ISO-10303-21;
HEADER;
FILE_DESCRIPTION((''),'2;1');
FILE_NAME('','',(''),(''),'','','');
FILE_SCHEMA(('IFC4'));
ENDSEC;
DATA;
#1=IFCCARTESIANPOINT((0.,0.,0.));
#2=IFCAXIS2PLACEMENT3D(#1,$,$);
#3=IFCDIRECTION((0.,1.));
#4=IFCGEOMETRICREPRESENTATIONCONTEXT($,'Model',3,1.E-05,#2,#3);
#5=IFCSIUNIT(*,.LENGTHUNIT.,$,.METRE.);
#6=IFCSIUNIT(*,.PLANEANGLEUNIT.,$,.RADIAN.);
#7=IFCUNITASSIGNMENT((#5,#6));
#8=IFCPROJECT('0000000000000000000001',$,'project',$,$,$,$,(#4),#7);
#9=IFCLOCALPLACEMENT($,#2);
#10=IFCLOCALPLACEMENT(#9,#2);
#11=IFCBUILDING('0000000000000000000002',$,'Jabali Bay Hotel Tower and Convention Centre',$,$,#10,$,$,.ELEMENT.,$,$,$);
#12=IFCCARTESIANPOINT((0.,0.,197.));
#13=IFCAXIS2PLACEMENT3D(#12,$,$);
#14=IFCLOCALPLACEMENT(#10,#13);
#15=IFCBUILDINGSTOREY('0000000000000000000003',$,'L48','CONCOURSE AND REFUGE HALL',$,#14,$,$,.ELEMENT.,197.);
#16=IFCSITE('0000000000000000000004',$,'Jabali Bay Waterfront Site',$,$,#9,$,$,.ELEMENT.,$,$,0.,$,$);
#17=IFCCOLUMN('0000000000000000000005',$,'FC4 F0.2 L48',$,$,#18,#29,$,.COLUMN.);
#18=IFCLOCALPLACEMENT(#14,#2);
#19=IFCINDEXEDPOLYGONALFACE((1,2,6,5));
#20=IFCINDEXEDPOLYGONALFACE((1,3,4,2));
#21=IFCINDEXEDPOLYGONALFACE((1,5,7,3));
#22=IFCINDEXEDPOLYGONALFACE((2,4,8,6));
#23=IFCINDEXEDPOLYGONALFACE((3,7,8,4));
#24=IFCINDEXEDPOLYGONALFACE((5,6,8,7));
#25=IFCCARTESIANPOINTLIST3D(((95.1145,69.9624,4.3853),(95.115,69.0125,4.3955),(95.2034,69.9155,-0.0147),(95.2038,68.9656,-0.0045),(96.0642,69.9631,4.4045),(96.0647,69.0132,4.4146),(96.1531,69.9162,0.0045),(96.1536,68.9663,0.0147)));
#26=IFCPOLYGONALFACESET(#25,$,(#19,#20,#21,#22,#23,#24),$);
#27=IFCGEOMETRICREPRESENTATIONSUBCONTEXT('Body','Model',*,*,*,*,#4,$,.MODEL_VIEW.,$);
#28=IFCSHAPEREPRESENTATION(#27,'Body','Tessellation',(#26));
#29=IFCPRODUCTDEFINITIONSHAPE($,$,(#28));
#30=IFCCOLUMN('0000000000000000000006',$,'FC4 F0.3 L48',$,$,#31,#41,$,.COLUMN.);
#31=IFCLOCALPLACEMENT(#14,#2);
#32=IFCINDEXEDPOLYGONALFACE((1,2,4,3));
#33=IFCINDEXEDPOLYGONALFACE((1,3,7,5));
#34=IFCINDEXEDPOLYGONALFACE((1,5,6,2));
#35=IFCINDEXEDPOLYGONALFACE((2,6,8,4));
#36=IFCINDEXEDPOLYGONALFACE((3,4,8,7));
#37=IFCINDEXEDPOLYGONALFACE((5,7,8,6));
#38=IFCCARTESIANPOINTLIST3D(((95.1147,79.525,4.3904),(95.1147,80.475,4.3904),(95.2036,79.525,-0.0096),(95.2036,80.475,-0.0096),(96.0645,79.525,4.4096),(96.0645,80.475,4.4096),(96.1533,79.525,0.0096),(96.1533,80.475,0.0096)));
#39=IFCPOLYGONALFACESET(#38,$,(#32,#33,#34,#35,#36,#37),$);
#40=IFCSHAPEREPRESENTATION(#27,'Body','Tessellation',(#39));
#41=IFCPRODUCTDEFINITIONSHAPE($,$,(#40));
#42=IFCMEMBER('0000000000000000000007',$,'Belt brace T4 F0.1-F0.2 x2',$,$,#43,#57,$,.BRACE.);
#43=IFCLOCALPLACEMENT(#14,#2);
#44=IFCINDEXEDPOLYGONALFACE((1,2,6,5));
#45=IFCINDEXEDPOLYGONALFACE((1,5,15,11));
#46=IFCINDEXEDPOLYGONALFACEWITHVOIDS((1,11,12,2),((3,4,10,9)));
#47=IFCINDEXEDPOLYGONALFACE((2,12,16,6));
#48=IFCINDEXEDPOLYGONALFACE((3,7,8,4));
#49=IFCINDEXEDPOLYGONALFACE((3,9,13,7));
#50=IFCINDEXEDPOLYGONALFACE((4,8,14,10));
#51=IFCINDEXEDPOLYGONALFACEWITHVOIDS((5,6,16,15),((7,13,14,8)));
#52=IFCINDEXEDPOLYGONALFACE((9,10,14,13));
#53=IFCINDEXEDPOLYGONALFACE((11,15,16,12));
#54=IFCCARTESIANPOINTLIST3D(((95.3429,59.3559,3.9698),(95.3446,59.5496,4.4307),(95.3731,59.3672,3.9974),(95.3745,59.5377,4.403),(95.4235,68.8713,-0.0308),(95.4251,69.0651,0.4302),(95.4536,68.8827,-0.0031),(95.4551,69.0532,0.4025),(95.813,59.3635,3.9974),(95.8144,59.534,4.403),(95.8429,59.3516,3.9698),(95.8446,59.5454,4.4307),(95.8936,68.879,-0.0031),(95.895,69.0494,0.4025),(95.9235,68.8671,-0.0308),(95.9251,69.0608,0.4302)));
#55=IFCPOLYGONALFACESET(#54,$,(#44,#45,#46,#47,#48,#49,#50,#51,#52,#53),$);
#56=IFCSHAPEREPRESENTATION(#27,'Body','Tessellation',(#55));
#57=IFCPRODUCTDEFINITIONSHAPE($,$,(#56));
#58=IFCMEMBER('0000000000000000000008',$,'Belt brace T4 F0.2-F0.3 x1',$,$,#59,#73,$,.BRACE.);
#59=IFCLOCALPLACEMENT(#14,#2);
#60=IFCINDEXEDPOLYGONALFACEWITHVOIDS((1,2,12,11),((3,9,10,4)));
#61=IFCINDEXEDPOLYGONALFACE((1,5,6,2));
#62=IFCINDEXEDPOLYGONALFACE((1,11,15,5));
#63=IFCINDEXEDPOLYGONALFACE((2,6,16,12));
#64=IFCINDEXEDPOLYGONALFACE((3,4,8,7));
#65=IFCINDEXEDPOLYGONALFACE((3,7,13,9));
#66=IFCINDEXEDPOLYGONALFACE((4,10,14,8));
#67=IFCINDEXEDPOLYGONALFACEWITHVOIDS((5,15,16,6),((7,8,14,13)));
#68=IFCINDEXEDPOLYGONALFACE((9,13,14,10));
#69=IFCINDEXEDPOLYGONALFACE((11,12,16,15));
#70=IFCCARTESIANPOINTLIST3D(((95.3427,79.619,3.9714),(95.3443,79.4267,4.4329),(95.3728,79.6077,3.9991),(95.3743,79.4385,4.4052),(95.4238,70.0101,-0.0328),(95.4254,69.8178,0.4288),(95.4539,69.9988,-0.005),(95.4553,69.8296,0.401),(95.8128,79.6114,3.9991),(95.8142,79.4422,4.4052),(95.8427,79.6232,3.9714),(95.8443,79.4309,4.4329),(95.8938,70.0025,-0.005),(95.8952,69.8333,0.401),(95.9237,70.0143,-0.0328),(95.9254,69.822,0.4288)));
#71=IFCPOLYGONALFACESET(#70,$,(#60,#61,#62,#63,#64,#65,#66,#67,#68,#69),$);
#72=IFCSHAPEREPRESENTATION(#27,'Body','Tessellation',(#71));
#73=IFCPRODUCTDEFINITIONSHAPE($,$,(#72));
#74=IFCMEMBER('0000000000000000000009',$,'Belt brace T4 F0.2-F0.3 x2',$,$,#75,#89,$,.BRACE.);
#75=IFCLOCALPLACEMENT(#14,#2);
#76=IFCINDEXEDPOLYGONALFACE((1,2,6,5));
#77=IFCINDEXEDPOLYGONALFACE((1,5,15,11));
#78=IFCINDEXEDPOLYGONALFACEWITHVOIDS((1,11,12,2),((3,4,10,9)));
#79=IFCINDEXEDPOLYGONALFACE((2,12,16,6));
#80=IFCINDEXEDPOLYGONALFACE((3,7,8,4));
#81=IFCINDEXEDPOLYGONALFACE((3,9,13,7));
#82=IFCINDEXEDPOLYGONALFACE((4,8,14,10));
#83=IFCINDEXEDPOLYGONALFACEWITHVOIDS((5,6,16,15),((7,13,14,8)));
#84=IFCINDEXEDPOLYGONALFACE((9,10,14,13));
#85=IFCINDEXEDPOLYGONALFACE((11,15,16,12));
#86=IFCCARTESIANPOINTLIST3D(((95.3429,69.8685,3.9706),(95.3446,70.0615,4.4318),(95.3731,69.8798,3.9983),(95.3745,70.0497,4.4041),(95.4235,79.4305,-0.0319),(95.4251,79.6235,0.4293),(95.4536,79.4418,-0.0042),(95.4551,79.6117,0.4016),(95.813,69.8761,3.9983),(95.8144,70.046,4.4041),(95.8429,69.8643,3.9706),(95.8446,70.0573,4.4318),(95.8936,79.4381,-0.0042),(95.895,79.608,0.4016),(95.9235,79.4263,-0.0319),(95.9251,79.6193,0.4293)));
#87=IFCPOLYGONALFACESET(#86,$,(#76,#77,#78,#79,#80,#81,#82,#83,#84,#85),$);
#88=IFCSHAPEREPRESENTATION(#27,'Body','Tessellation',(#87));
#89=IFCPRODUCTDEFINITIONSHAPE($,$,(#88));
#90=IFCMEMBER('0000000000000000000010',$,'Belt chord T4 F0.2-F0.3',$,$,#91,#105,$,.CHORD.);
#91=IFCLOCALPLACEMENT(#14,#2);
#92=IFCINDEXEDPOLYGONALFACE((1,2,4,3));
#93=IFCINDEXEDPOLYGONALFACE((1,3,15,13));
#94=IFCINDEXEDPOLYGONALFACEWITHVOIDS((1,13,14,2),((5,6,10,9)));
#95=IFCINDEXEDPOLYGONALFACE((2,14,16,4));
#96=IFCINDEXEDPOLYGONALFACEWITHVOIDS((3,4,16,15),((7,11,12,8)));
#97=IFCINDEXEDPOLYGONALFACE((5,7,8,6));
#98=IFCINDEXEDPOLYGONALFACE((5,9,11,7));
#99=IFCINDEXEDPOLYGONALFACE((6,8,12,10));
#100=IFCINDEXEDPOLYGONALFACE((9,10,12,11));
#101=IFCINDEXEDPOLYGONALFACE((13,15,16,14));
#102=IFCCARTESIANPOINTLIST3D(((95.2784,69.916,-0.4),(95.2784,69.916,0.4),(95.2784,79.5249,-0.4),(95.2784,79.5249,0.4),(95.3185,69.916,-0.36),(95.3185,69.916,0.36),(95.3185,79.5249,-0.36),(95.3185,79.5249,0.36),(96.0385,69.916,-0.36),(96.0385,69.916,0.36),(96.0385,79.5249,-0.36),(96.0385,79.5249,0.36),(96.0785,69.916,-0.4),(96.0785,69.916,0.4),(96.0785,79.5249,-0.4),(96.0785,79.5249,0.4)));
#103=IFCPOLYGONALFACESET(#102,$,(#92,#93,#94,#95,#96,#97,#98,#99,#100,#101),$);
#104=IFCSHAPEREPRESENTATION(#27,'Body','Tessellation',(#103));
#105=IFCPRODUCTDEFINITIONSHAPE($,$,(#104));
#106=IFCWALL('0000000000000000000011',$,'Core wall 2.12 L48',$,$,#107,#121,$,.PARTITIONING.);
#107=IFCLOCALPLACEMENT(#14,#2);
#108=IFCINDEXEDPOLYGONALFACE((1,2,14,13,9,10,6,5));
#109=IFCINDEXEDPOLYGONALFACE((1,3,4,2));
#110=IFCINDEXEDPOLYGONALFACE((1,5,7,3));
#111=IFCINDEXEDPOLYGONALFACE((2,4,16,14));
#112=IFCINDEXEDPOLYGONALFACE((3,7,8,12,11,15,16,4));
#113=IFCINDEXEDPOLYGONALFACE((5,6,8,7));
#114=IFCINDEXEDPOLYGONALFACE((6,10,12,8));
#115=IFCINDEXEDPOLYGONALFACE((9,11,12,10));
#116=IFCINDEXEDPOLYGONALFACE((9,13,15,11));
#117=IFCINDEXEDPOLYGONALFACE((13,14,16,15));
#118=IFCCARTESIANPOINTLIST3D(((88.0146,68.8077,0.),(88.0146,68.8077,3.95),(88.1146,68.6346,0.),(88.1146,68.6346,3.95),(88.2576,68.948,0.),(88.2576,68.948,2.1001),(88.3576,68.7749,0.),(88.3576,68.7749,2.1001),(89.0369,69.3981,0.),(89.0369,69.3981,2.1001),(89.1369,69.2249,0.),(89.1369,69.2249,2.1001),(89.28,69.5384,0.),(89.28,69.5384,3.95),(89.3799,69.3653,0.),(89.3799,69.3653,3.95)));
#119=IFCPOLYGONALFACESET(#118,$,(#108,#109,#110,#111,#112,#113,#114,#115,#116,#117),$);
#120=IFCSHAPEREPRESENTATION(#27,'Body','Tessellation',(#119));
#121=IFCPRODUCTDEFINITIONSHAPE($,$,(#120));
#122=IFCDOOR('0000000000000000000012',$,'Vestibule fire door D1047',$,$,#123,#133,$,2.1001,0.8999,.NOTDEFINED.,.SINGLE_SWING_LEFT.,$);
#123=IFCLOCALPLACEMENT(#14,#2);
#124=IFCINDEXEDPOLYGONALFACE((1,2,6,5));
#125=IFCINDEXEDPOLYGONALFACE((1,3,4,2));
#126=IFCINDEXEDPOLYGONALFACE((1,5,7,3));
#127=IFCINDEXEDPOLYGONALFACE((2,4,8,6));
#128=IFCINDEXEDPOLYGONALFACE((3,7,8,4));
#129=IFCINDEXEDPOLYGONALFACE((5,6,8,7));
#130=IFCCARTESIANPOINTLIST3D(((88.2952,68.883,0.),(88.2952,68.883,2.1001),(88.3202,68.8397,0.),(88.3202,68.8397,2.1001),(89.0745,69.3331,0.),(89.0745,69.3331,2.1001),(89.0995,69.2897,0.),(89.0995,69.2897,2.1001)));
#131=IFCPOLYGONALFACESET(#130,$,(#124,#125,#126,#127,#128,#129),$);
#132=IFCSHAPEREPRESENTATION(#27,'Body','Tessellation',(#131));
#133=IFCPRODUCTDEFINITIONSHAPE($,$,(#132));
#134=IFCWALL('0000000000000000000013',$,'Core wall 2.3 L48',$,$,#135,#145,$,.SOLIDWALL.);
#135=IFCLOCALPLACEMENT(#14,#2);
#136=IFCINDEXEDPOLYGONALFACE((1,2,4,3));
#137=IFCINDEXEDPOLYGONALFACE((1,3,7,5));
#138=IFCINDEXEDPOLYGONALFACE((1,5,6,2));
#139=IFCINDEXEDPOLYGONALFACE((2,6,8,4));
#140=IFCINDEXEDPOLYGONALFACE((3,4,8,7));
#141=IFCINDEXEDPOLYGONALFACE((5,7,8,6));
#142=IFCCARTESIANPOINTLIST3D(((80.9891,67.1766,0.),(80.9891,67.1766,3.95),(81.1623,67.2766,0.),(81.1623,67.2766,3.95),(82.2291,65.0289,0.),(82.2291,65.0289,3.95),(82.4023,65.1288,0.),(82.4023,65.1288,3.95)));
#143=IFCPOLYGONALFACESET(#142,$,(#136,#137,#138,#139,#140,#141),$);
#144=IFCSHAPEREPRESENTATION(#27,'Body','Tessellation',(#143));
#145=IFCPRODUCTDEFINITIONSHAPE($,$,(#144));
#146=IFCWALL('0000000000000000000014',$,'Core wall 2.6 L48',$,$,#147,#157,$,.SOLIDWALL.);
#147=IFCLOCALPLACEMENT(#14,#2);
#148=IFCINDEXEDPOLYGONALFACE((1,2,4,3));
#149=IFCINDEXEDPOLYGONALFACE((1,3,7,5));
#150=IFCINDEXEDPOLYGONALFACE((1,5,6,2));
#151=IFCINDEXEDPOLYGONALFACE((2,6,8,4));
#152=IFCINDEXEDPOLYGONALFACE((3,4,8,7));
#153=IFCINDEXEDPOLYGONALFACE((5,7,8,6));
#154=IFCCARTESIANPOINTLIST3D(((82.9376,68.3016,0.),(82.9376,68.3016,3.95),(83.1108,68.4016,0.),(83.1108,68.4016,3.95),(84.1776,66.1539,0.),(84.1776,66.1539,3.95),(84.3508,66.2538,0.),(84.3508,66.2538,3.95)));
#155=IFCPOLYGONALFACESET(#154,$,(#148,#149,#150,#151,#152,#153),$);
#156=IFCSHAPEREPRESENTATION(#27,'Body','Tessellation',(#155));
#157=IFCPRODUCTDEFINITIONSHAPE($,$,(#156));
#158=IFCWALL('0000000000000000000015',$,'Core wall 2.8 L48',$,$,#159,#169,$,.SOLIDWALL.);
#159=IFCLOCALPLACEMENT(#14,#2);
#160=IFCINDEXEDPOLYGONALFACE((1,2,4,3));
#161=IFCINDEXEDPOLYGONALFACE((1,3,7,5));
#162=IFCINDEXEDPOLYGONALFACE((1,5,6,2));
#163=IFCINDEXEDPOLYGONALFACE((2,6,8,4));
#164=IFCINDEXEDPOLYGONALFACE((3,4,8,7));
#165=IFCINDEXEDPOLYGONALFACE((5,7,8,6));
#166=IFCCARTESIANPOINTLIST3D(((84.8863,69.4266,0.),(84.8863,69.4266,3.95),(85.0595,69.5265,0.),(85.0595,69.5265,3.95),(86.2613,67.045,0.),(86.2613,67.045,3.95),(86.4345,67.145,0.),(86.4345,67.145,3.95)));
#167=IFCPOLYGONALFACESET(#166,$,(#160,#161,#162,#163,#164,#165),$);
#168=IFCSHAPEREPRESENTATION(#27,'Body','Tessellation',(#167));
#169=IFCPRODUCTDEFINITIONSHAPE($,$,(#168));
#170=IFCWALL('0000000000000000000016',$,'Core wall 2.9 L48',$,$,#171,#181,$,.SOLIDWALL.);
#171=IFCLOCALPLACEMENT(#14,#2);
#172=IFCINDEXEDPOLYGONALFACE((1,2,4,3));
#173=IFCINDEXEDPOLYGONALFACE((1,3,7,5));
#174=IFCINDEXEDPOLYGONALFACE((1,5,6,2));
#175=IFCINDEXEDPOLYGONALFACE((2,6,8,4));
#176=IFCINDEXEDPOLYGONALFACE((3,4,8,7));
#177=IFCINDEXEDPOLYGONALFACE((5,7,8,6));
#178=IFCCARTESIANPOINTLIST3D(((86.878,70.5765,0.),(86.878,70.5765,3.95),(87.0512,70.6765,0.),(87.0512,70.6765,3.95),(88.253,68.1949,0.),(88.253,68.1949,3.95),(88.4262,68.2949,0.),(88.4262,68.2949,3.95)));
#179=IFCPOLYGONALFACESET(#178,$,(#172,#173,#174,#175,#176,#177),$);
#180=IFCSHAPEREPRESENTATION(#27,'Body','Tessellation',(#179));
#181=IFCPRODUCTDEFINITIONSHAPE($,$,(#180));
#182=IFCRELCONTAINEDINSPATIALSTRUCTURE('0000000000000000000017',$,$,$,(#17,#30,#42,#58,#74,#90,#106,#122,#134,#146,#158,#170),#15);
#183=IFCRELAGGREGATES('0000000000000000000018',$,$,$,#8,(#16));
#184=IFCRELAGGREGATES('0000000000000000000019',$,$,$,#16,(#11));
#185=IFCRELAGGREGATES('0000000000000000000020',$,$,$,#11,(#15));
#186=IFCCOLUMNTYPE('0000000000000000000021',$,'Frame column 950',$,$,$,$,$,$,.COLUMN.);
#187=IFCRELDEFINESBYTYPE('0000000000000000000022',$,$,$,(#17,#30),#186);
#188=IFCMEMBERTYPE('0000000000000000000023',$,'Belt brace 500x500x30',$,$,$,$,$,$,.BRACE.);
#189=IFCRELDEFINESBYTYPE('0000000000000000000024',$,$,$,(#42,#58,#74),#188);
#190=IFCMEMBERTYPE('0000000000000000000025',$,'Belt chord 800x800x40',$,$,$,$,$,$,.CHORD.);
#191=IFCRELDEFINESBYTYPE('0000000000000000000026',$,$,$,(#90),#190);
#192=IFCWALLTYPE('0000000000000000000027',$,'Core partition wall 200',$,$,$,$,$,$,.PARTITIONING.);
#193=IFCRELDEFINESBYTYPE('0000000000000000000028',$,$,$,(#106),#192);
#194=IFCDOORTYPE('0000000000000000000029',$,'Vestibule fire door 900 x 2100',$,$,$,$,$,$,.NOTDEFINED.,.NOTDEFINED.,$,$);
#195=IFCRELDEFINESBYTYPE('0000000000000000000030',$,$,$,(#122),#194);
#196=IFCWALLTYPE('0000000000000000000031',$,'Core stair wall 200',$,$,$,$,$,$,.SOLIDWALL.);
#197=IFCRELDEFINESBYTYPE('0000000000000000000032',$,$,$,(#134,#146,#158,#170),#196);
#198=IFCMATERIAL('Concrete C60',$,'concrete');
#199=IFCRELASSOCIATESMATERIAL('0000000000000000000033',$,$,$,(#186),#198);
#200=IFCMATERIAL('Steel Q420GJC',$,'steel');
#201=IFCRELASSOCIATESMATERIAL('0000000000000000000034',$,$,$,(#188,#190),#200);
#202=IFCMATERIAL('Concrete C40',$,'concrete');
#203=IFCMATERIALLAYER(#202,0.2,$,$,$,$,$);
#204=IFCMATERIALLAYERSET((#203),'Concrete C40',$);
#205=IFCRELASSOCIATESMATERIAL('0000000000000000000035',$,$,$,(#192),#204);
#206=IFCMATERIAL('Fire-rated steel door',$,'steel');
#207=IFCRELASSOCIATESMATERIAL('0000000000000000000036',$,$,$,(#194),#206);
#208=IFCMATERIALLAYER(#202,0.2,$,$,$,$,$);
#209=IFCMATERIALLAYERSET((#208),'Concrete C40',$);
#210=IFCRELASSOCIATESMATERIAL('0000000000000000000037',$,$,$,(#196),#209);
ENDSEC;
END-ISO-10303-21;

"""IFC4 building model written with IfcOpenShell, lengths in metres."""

from ifc_helpers import new_model, si_unit, direction, frame, frame_2d, origin, origin_2d, place, context, subcontext, project, spatial, rectangle, hollow_rectangle, extrude, material, layer, layer_set, material_profile, profile_set, type_object, element, fill, save


model = new_model("IFC4")

# Units and contexts
model_context = context("Model", 3, precision=1e-05, world=origin(), true_north=direction((0.0, 1.0)))
body_context = subcontext(model_context, "Body", "Model", "MODEL_VIEW")
ifc_project = project(units=[si_unit("LENGTHUNIT", "METRE"), si_unit("PLANEANGLEUNIT", "RADIAN")], contexts=[model_context])

# Site, building, storey
site_placement = place(None, origin())
site = spatial("IfcSite", under=ifc_project, at=site_placement, Name="Jabali Bay Waterfront Site", CompositionType="ELEMENT", RefElevation=0.0)
building_placement = place(site_placement, origin())
building = spatial("IfcBuilding", under=site, at=building_placement, Name="Jabali Bay Hotel Tower and Convention Centre", CompositionType="ELEMENT")
storey_placement = place(building_placement, frame((0.0, 0.0, 197.0)))
storey = spatial("IfcBuildingStorey", under=building, at=storey_placement, Name="L48", Description="CONCOURSE AND REFUGE HALL", CompositionType="ELEMENT", Elevation=197.0)

# Columns
ifc_material_1 = material(Name="Concrete C60", Category="concrete")
ifc_material_profile_1 = material_profile(ifc_material_1, rectangle(XDim=0.95, YDim=0.95, at=origin_2d()), Name="Frame column 950")
ifc_profile_set_1 = profile_set([ifc_material_profile_1], Name="Concrete C60")
column_type = type_object("IfcColumnType", Name="Frame column 950", PredefinedType="COLUMN", material=ifc_profile_set_1)
column_1_placement = place(storey_placement, frame((95.6785, 69.4409, 0.0), z_axis=(-0.020192, 0.010651, 0.999739), x_axis=(0.000501, -0.999943, 0.010663)))
element("IfcColumn", 1, at=column_1_placement, inside=storey, type_object=column_type, Name="FC4 F0.2 L48", PredefinedType="COLUMN", context=body_context, shape_type="SweptSolid", body=[
    extrude(rectangle(XDim=0.95, YDim=0.95, at=origin_2d()), origin(), (0.0, 0.0, 1.0), 4.4011),
])
column_2_placement = place(storey_placement, frame((95.6785, 80.0, 0.0), z_axis=(-0.020193, 0.0, 0.999796), x_axis=(0.0, -1.0, 0.0)))
element("IfcColumn", 2, at=column_2_placement, inside=storey, type_object=column_type, Name="FC4 F0.3 L48", PredefinedType="COLUMN", context=body_context, shape_type="SweptSolid", body=[
    extrude(rectangle(XDim=0.95, YDim=0.95, at=origin_2d()), origin(), (0.0, 0.0, 1.0), 4.4009),
])

# Members
ifc_material_2 = material(Name="Steel Q420GJC", Category="steel")
ifc_material_profile_2 = material_profile(ifc_material_2, hollow_rectangle(XDim=0.5, YDim=0.5, WallThickness=0.03, at=origin_2d()), Name="Belt brace 500x500x30")
ifc_profile_set_2 = profile_set([ifc_material_profile_2], Name="Steel Q420GJC")
member_type_1 = type_object("IfcMemberType", Name="Belt brace 500x500x30", PredefinedType="BRACE", material=ifc_profile_set_2)
member_1_placement = place(storey_placement, frame((95.6743, 68.9661, 0.1997), z_axis=(-0.007805, -0.921815, 0.387552), x_axis=(0.999964, -0.008467, 0.0)))
element("IfcMember", 3, at=member_1_placement, inside=storey, type_object=member_type_1, Name="Belt brace T4 F0.1-F0.2 x2", PredefinedType="BRACE", context=body_context, shape_type="SweptSolid", body=[
    extrude(hollow_rectangle(XDim=0.5, YDim=0.5, WallThickness=0.03, at=origin_2d()), origin(), (0.0, 0.0, 1.0), 10.3225),
])
member_2_placement = place(storey_placement, frame((95.6746, 69.916, 0.198), z_axis=(-0.007786, 0.923034, 0.38464), x_axis=(-0.999964, -0.008435, 0.0)))
element("IfcMember", 4, at=member_2_placement, inside=storey, type_object=member_type_1, Name="Belt brace T4 F0.2-F0.3 x1", PredefinedType="BRACE", context=body_context, shape_type="SweptSolid", body=[
    extrude(hollow_rectangle(XDim=0.5, YDim=0.5, WallThickness=0.03, at=origin_2d()), origin(), (0.0, 0.0, 1.0), 10.4102),
])
member_3_placement = place(storey_placement, frame((95.6743, 79.5249, 0.1987), z_axis=(-0.007772, -0.922422, 0.386105), x_axis=(0.999965, -0.008425, 0.0)))
element("IfcMember", 5, at=member_3_placement, inside=storey, type_object=member_type_1, Name="Belt brace T4 F0.2-F0.3 x2", PredefinedType="BRACE", context=body_context, shape_type="SweptSolid", body=[
    extrude(hollow_rectangle(XDim=0.5, YDim=0.5, WallThickness=0.03, at=origin_2d()), origin(), (0.0, 0.0, 1.0), 10.3662),
])
ifc_material_profile_3 = material_profile(ifc_material_2, hollow_rectangle(XDim=0.8, YDim=0.8, WallThickness=0.04, at=origin_2d()), Name="Belt chord 800x800x40")
ifc_profile_set_3 = profile_set([ifc_material_profile_3], Name="Steel Q420GJC")
member_type_2 = type_object("IfcMemberType", Name="Belt chord 800x800x40", PredefinedType="CHORD", material=ifc_profile_set_3)
member_4_placement = place(storey_placement, frame((95.6785, 69.916, 0.0), z_axis=(0.0, 1.0, 0.0), x_axis=(-1.0, 0.0, 0.0)))
element("IfcMember", 6, at=member_4_placement, inside=storey, type_object=member_type_2, Name="Belt chord T4 F0.2-F0.3", PredefinedType="CHORD", context=body_context, shape_type="SweptSolid", body=[
    extrude(hollow_rectangle(XDim=0.8, YDim=0.8, WallThickness=0.04, at=origin_2d()), origin(), (0.0, 0.0, 1.0), 9.6089),
])

# Wall, opening, door
ifc_material_3 = material(Name="Concrete C40", Category="concrete")
ifc_layer_1 = layer(ifc_material_3, 0.2)
ifc_layer_set_1 = layer_set([ifc_layer_1], Name="Concrete C40")
wall_type_1 = type_object("IfcWallType", Name="Core partition wall 200", PredefinedType="PARTITIONING", material=ifc_layer_set_1)
wall_1_placement = place(storey_placement, frame((88.0647, 68.7212, 0.0), z_axis=(0.0, 0.0, 1.0), x_axis=(0.865982, 0.500074, 0.0)))
wall_1 = element("IfcWall", 7, at=wall_1_placement, inside=storey, type_object=wall_type_1, Name="Core wall 2.12 L48", PredefinedType="PARTITIONING", context=body_context, shape_type="SweptSolid", body=[
    extrude(rectangle(XDim=1.4612, YDim=0.2, at=frame_2d((0.7305, 0.0))), origin(), (0.0, 0.0, 1.0), 3.95),
])
opening_1_placement = place(wall_1_placement, frame((0.2805, 0.0, 0.0)))
opening_1 = element("IfcOpeningElement", 8, at=opening_1_placement, cuts=wall_1, PredefinedType="OPENING", context=body_context, shape_type="SweptSolid", body=[
    extrude(rectangle(XDim=0.8999, YDim=2.1001, at=frame_2d((0.45, 1.05))), frame((0.0, 0.1104, 0.0), z_axis=(0.0, -1.0, 0.0), x_axis=(1.0, 0.0, 0.0)), (0.0, 0.0, 1.0), 0.2209),
])
ifc_material_4 = material(Name="Fire-rated steel door", Category="steel")
door_type_1 = type_object("IfcDoorType", Name="Vestibule fire door 900 x 2100", OperationType="NOTDEFINED", PredefinedType="NOTDEFINED", material=ifc_material_4)
door_1_placement = place(opening_1_placement, origin())
door_1 = element("IfcDoor", 9, at=door_1_placement, inside=storey, type_object=door_type_1, Name="Vestibule fire door D1047", OperationType="SINGLE_SWING_LEFT", OverallHeight=2.1001, OverallWidth=0.8999, PredefinedType="NOTDEFINED", context=body_context, shape_type="SweptSolid", body=[
    extrude(rectangle(XDim=0.8999, YDim=2.1001, at=frame_2d((0.45, 1.05))), frame((0.0, 0.0249, 0.0), z_axis=(0.0, -1.0, 0.0), x_axis=(1.0, 0.0, 0.0)), (0.0, 0.0, 1.0), 0.05),
])
fill(opening_1, door_1)

# Walls
ifc_layer_2 = layer(ifc_material_3, 0.2)
ifc_layer_set_2 = layer_set([ifc_layer_2], Name="Concrete C40")
wall_type_2 = type_object("IfcWallType", Name="Core stair wall 200", PredefinedType="SOLIDWALL", material=ifc_layer_set_2)
for number, where, z_axis, x_axis, name in (
    (10, (81.0757, 67.2266, 0.0), (0.0, 0.0, 1.0), (0.500004, -0.866023, 0.0), "Core wall 2.3 L48"),
    (11, (83.0242, 68.3516, 0.0), (0.0, 0.0, 1.0), (0.500004, -0.866023, 0.0), "Core wall 2.6 L48"),
):
    element("IfcWall", number, at=place(storey_placement, frame(where, z_axis=z_axis, x_axis=x_axis)), inside=storey, type_object=wall_type_2, Name=name, PredefinedType="SOLIDWALL", context=body_context, shape_type="SweptSolid", body=[
        extrude(rectangle(XDim=2.48, YDim=0.2, at=frame_2d((1.24, 0.0))), origin(), (0.0, 0.0, 1.0), 3.95),
    ])
for number, where, z_axis, x_axis, name in (
    (12, (84.9729, 69.4766, 0.0), (0.0, 0.0, 1.0), (0.499997, -0.866027, 0.0), "Core wall 2.8 L48"),
    (13, (86.9646, 70.6265, 0.0), (0.0, 0.0, 1.0), (0.499997, -0.866027, 0.0), "Core wall 2.9 L48"),
):
    element("IfcWall", number, at=place(storey_placement, frame(where, z_axis=z_axis, x_axis=x_axis)), inside=storey, type_object=wall_type_2, Name=name, PredefinedType="SOLIDWALL", context=body_context, shape_type="SweptSolid", body=[
        extrude(rectangle(XDim=2.75, YDim=0.2, at=frame_2d((1.375, 0.0))), origin(), (0.0, 0.0, 1.0), 3.95),
    ])

save(model, "model.ifc")
